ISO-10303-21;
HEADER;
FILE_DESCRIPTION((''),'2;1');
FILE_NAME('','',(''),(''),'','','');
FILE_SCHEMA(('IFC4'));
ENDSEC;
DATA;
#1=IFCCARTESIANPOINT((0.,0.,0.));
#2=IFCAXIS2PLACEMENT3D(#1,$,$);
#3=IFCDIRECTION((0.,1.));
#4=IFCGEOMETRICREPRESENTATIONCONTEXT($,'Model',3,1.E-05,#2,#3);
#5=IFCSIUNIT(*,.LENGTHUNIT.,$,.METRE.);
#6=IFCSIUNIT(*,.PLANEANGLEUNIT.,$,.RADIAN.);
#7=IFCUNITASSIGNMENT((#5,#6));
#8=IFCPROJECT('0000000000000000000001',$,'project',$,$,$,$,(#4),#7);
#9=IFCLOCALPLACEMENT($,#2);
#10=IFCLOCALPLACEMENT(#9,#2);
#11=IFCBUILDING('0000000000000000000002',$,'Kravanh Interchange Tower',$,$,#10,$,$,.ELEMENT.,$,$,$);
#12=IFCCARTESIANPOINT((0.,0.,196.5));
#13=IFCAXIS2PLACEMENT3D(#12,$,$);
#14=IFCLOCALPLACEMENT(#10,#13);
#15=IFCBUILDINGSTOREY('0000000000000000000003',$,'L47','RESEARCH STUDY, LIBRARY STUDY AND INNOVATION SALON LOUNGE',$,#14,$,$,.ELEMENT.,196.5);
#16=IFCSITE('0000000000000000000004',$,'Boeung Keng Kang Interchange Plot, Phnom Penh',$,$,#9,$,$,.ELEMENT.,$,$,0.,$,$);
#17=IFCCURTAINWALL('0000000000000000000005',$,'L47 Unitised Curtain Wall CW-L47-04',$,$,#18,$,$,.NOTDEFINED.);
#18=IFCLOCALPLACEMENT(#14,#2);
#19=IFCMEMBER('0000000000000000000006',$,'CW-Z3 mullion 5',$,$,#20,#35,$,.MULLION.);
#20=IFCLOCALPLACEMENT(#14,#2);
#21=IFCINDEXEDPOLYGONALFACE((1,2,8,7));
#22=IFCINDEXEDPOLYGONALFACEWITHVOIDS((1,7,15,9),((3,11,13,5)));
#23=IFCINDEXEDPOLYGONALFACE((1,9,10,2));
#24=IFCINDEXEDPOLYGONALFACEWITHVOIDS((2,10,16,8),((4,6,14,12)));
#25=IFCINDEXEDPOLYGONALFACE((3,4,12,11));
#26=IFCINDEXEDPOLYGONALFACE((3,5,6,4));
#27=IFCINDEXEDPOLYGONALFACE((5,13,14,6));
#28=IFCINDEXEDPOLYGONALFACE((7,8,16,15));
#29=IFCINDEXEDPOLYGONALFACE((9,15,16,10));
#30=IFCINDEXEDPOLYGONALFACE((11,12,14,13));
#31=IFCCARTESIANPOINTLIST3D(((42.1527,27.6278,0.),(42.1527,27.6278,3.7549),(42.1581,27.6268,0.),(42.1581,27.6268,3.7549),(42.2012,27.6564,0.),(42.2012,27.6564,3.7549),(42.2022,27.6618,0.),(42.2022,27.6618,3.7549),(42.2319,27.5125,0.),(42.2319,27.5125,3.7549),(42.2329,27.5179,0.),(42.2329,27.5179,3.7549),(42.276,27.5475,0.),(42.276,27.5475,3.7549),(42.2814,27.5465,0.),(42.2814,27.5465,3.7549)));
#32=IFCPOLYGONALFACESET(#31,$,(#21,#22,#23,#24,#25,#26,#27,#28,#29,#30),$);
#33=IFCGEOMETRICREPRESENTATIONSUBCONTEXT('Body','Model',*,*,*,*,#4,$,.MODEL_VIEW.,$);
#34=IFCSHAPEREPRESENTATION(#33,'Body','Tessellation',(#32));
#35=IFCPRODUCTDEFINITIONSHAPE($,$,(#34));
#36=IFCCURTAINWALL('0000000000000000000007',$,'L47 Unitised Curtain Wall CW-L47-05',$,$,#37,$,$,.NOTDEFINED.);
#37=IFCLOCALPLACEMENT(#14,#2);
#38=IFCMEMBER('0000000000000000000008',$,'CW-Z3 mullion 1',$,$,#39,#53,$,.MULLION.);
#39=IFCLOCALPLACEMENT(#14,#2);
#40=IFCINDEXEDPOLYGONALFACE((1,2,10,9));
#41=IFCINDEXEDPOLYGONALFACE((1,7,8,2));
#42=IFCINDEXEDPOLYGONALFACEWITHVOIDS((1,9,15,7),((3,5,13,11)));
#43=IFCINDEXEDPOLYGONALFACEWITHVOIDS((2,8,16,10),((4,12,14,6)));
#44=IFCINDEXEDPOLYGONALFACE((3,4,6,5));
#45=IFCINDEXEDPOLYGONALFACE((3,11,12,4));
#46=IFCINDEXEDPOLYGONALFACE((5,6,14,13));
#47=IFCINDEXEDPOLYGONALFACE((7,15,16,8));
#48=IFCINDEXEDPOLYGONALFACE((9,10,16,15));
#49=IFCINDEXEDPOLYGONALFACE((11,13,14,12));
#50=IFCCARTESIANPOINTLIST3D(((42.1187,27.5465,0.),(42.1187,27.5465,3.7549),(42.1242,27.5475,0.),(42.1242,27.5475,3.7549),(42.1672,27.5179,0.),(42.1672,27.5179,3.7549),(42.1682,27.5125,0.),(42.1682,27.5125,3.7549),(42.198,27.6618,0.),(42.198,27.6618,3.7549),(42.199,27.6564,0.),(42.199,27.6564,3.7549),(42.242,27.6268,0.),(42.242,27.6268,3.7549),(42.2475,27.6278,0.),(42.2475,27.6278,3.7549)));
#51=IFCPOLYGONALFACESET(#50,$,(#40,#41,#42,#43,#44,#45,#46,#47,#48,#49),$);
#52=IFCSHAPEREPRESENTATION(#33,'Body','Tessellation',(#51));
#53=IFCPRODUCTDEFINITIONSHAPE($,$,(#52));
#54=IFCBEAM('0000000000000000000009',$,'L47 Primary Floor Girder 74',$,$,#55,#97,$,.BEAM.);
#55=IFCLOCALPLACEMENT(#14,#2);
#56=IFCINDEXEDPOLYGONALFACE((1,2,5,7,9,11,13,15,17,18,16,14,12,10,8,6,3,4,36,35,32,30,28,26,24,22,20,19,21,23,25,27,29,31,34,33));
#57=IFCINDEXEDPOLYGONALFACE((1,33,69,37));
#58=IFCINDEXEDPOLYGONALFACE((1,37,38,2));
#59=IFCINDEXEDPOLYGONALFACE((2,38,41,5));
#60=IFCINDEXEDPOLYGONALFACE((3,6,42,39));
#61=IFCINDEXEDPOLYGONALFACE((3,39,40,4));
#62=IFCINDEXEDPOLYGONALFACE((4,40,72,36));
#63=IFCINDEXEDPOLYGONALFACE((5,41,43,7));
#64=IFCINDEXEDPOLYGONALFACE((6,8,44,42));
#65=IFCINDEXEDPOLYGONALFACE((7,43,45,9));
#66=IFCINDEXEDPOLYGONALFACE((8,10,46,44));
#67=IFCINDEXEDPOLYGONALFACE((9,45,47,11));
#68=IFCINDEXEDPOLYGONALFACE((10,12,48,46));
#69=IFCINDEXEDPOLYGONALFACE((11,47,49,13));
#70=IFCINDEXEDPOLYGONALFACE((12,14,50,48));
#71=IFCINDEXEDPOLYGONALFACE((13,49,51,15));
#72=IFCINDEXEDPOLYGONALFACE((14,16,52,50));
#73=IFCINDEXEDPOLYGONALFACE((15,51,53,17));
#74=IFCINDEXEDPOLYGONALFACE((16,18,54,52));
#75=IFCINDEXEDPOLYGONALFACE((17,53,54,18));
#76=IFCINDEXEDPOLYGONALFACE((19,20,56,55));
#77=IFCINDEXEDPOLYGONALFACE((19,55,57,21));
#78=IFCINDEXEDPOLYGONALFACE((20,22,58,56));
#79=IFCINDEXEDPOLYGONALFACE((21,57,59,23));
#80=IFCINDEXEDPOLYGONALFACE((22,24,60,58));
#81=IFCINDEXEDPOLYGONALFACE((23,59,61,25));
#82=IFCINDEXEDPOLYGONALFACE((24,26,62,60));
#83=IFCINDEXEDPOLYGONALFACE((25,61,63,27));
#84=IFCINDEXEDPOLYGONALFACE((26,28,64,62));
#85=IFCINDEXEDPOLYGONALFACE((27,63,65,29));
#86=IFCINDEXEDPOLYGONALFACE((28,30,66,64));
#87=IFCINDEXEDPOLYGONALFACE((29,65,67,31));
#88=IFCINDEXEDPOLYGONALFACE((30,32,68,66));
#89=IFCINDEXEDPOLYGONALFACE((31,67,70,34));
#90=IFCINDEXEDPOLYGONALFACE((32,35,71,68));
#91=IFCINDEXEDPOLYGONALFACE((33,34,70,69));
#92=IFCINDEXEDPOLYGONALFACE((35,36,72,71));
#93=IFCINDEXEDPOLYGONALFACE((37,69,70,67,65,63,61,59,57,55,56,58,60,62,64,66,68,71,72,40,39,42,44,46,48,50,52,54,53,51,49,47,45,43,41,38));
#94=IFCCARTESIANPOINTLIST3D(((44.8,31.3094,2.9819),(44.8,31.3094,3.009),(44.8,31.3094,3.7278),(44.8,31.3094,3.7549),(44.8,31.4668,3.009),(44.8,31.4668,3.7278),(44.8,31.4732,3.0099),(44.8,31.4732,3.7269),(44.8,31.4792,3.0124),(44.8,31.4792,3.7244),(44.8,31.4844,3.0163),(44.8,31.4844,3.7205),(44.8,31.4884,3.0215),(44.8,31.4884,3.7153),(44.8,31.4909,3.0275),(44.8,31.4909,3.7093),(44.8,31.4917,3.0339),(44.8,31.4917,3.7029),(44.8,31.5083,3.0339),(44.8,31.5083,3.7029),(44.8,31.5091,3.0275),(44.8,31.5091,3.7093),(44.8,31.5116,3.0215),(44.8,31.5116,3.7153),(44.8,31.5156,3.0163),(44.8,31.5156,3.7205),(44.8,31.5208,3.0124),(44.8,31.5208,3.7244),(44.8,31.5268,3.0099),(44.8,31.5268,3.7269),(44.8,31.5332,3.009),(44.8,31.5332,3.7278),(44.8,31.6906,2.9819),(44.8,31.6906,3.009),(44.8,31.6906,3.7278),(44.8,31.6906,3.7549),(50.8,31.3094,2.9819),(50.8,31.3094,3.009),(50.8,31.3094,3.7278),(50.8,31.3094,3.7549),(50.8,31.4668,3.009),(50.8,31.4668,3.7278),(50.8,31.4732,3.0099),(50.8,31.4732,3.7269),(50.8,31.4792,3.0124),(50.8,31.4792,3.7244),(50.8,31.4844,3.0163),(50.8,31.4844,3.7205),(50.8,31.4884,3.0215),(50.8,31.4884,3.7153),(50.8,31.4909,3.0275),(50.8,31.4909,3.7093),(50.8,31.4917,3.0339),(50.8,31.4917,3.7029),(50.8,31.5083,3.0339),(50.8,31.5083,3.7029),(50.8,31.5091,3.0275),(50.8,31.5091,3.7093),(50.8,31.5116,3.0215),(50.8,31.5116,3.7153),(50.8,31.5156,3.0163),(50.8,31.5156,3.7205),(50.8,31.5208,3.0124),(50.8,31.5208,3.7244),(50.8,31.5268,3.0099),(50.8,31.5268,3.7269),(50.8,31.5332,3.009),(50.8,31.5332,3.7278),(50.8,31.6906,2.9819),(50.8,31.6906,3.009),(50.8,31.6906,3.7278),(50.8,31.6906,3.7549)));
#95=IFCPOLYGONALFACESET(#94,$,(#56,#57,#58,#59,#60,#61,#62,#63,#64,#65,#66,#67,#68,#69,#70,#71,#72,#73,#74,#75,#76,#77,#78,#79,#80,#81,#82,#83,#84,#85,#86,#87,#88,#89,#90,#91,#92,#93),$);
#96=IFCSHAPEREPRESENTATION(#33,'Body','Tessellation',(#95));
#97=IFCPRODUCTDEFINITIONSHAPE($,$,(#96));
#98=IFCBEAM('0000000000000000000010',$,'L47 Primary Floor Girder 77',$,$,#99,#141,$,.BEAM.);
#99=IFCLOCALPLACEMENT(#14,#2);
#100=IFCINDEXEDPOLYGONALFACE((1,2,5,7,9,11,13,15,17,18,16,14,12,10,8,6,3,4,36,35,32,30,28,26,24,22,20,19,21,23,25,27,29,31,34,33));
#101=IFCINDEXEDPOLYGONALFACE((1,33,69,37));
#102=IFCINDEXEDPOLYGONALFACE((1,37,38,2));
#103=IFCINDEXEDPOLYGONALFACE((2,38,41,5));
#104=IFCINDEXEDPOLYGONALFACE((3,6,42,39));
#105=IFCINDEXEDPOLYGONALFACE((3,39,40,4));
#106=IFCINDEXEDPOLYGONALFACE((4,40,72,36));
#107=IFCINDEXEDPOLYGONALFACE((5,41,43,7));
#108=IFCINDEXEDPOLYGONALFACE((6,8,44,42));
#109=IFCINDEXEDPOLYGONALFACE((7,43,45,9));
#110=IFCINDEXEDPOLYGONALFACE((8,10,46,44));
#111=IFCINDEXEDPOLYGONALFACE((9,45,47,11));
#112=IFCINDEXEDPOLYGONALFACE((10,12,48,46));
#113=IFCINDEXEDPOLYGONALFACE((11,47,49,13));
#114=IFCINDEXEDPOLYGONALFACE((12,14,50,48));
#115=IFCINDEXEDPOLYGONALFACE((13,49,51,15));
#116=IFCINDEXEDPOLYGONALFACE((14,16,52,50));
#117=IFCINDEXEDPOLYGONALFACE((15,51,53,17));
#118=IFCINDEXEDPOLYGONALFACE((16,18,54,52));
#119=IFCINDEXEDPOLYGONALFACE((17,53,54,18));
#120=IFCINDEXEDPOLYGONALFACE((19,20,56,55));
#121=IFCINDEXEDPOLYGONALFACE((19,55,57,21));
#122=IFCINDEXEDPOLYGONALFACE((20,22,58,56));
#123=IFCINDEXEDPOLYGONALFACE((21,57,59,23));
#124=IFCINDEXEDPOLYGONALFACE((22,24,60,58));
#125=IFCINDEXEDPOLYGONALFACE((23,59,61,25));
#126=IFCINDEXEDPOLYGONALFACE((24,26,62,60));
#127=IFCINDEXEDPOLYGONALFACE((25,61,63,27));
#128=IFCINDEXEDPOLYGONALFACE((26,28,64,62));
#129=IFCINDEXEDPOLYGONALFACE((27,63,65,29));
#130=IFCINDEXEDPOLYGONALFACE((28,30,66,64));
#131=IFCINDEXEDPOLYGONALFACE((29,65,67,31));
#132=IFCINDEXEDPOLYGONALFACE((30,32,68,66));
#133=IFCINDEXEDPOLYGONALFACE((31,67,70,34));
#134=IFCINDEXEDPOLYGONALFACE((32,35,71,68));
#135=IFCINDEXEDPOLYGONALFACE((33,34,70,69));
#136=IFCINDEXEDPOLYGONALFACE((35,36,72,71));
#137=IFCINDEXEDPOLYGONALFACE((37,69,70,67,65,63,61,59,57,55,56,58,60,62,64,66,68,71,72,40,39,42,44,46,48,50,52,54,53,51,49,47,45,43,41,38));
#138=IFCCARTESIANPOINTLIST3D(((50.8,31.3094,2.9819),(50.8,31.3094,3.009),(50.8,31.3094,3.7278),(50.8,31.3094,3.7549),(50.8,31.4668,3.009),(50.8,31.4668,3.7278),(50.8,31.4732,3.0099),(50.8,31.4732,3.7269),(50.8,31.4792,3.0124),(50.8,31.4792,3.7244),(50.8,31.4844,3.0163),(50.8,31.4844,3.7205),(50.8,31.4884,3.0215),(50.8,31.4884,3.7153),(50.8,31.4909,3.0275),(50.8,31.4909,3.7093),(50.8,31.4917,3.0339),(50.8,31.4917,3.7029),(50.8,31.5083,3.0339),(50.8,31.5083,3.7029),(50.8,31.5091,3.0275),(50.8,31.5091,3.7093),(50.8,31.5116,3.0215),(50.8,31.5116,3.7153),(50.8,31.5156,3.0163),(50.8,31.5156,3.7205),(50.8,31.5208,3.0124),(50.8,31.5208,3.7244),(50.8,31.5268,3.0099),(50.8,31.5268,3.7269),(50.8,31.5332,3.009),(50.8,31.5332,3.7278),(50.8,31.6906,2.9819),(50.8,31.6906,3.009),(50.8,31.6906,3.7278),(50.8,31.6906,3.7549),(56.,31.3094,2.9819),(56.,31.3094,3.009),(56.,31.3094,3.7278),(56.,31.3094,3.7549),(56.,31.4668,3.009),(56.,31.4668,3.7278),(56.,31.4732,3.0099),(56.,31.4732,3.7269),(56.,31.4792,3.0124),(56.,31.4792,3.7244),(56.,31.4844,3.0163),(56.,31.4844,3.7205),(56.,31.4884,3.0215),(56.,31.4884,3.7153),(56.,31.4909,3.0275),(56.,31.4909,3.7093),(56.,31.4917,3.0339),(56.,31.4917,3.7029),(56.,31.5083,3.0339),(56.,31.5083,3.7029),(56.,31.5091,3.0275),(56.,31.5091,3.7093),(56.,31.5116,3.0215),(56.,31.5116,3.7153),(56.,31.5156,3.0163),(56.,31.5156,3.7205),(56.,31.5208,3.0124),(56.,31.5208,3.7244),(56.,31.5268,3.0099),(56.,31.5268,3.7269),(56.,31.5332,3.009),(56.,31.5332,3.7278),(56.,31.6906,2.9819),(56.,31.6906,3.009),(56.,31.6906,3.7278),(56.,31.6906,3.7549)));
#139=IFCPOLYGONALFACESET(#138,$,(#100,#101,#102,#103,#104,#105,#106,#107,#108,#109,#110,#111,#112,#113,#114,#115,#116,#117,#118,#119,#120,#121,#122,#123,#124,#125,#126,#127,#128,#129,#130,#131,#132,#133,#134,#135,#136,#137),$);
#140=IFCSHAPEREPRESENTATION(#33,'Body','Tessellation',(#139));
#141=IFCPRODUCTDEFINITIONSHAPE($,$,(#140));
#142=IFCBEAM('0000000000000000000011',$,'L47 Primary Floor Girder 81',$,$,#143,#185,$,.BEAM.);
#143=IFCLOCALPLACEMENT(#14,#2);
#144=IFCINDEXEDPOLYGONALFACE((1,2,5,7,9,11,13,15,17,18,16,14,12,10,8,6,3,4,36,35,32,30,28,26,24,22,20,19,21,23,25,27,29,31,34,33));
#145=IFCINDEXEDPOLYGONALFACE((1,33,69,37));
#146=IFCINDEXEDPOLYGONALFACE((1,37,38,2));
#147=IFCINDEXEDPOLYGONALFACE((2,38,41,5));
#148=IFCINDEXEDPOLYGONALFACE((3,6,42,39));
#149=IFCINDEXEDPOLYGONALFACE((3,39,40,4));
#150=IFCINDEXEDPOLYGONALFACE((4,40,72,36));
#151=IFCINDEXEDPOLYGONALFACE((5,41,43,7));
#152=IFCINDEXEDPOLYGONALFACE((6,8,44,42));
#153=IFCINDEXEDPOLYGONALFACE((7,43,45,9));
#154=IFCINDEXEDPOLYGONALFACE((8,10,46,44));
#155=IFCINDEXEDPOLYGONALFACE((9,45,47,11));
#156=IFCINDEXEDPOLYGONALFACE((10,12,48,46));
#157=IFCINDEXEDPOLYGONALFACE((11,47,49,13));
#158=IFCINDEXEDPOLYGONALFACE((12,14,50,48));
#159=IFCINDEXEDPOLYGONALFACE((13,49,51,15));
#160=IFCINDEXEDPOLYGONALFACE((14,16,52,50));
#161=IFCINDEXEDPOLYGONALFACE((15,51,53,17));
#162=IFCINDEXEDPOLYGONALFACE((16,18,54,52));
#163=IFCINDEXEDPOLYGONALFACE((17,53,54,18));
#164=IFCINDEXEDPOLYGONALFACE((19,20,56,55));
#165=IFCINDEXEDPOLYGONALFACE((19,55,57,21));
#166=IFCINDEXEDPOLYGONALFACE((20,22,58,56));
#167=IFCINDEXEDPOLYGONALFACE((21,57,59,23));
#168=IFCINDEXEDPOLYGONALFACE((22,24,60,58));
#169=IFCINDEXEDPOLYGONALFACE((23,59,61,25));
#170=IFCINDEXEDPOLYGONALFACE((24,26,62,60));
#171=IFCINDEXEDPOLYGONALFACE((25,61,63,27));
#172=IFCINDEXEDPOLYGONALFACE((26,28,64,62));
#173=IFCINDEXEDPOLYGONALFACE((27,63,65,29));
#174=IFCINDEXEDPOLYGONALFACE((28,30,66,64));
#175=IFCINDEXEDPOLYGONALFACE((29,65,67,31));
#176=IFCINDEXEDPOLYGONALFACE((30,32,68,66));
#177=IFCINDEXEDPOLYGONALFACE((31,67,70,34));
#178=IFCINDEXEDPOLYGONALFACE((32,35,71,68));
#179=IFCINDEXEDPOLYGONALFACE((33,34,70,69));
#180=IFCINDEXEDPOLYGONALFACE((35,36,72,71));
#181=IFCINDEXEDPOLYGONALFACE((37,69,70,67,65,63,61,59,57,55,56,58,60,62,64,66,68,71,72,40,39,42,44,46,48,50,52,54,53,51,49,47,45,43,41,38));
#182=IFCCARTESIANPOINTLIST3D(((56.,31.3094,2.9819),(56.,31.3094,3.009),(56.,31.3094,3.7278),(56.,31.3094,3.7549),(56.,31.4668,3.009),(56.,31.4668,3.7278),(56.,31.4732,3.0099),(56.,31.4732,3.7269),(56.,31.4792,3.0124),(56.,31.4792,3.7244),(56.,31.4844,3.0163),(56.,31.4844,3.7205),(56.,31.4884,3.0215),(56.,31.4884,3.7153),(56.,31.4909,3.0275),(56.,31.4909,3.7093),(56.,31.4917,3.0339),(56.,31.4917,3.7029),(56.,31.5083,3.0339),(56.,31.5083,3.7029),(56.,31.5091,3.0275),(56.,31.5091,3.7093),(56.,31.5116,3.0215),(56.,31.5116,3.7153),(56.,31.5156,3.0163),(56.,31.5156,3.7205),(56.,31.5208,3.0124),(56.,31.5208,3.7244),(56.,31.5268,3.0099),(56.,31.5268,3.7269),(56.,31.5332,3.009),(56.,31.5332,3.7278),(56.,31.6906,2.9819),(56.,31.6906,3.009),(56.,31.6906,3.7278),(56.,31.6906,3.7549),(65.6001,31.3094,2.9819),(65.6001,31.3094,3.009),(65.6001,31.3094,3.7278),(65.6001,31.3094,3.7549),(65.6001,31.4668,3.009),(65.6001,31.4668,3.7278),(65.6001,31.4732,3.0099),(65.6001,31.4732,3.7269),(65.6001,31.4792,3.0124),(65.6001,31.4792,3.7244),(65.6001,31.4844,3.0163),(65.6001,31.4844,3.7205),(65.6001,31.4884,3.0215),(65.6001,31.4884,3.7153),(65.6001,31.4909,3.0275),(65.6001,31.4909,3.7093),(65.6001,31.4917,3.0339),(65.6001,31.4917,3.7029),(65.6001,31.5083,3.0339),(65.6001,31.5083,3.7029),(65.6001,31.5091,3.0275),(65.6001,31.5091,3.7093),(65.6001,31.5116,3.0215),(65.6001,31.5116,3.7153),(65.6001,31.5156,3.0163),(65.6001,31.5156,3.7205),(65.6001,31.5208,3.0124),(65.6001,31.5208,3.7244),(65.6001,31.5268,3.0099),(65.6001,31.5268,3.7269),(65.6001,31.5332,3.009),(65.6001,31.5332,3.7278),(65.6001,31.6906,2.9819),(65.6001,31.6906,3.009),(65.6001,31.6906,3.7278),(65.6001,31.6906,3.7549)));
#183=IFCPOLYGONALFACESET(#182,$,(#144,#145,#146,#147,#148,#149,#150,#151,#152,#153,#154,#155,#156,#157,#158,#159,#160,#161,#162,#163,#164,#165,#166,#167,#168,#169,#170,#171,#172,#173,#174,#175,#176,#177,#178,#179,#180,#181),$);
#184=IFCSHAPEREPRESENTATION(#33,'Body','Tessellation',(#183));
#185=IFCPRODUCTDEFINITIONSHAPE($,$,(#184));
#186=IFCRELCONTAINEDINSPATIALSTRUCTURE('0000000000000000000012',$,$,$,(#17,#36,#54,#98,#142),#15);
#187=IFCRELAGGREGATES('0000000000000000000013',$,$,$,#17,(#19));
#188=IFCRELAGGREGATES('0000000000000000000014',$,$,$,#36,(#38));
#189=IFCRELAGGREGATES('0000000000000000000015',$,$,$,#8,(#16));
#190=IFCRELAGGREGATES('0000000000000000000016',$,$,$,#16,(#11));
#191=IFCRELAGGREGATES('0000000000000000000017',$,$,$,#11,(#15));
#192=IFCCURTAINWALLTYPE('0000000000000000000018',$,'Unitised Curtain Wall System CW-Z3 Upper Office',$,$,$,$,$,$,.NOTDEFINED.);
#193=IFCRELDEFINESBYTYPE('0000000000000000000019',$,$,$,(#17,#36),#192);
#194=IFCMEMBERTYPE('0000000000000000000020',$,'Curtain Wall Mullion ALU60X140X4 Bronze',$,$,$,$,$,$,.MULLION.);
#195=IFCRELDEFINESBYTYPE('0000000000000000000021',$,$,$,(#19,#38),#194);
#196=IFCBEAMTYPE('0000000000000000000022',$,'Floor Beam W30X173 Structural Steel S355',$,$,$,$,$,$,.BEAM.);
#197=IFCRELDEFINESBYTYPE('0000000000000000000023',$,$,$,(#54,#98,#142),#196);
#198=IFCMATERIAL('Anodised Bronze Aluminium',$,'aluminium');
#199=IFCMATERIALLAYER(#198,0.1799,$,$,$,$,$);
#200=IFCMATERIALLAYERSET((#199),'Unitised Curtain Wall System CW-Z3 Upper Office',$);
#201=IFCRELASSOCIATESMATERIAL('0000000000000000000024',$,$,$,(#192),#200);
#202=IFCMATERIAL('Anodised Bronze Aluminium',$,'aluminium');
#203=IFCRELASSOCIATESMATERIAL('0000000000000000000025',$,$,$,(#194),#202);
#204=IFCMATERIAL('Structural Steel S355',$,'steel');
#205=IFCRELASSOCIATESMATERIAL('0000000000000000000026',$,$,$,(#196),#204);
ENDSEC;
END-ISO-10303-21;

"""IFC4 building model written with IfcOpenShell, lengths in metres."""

from ifc_helpers import new_model, si_unit, direction, frame, origin, origin_2d, place, context, subcontext, project, spatial, hollow_rectangle, i_section, extrude, material, layer, layer_set, material_profile, profile_set, type_object, element, aggregate, save


model = new_model("IFC4")

# Units and contexts
model_context = context("Model", 3, precision=1e-05, world=origin(), true_north=direction((0.0, 1.0)))
body_context = subcontext(model_context, "Body", "Model", "MODEL_VIEW")
ifc_project = project(units=[si_unit("LENGTHUNIT", "METRE"), si_unit("PLANEANGLEUNIT", "RADIAN")], contexts=[model_context])

# Site, building, storey
site_placement = place(None, origin())
site = spatial("IfcSite", under=ifc_project, at=site_placement, Name="Boeung Keng Kang Interchange Plot, Phnom Penh", CompositionType="ELEMENT", RefElevation=0.0)
building_placement = place(site_placement, origin())
building = spatial("IfcBuilding", under=site, at=building_placement, Name="Kravanh Interchange Tower", CompositionType="ELEMENT")
storey_placement = place(building_placement, frame((0.0, 0.0, 196.5)))
storey = spatial("IfcBuildingStorey", under=building, at=storey_placement, Name="L47", Description="RESEARCH STUDY, LIBRARY STUDY AND INNOVATION SALON LOUNGE", CompositionType="ELEMENT", Elevation=196.5)

# Curtain walls, members
ifc_material_1 = material(Name="Anodised Bronze Aluminium", Category="aluminium")
ifc_layer_1 = layer(ifc_material_1, 0.1799)
ifc_layer_set_1 = layer_set([ifc_layer_1], Name="Unitised Curtain Wall System CW-Z3 Upper Office")
curtain_wall_type = type_object("IfcCurtainWallType", Name="Unitised Curtain Wall System CW-Z3 Upper Office", PredefinedType="NOTDEFINED", material=ifc_layer_set_1)
curtain_wall_1_placement = place(storey_placement, origin())
curtain_wall_1 = element("IfcCurtainWall", 1, at=curtain_wall_1_placement, inside=storey, type_object=curtain_wall_type, Name="L47 Unitised Curtain Wall CW-L47-04", PredefinedType="NOTDEFINED")
ifc_material_2 = material(Name="Anodised Bronze Aluminium", Category="aluminium")
ifc_material_profile_1 = material_profile(ifc_material_2, hollow_rectangle(XDim=0.0601, YDim=0.1399, WallThickness=0.0039, at=origin_2d()), Name="ALU60X140X4")
ifc_profile_set_1 = profile_set([ifc_material_profile_1], Name="Anodised Bronze Aluminium")
member_type = type_object("IfcMemberType", Name="Curtain Wall Mullion ALU60X140X4 Bronze", PredefinedType="MULLION", material=ifc_profile_set_1)
member_1_placement = place(storey_placement, frame((42.217, 27.5872, 0.0), z_axis=(0.0, 0.0, 1.0), x_axis=(-0.824042, -0.566528, 0.0)))
member_1 = element("IfcMember", 2, at=member_1_placement, type_object=member_type, Name="CW-Z3 mullion 5", PredefinedType="MULLION", context=body_context, shape_type="SweptSolid", body=[
    extrude(hollow_rectangle(XDim=0.0601, YDim=0.1399, WallThickness=0.0039, at=origin_2d()), origin(), (0.0, 0.0, 1.0), 3.7549),
])
aggregate(curtain_wall_1, [member_1])
curtain_wall_2_placement = place(storey_placement, origin())
curtain_wall_2 = element("IfcCurtainWall", 3, at=curtain_wall_2_placement, inside=storey, type_object=curtain_wall_type, Name="L47 Unitised Curtain Wall CW-L47-05", PredefinedType="NOTDEFINED")
member_2_placement = place(storey_placement, frame((42.1831, 27.5872, 0.0), z_axis=(0.0, 0.0, 1.0), x_axis=(0.824042, -0.566528, 0.0)))
member_2 = element("IfcMember", 4, at=member_2_placement, type_object=member_type, Name="CW-Z3 mullion 1", PredefinedType="MULLION", context=body_context, shape_type="SweptSolid", body=[
    extrude(hollow_rectangle(XDim=0.0601, YDim=0.1399, WallThickness=0.0039, at=origin_2d()), origin(), (0.0, 0.0, 1.0), 3.7549),
])
aggregate(curtain_wall_2, [member_2])

# Beams
ifc_material_3 = material(Name="Structural Steel S355", Category="steel")
ifc_material_profile_2 = material_profile(ifc_material_3, i_section(OverallWidth=0.3811, OverallDepth=0.7729, WebThickness=0.0166, FlangeThickness=0.0271, FilletRadius=0.0249, at=origin_2d()), Name="W30X173")
ifc_profile_set_2 = profile_set([ifc_material_profile_2], Name="Structural Steel S355")
beam_type_1 = type_object("IfcBeamType", Name="Floor Beam W30X173 Structural Steel S355", PredefinedType="BEAM", material=ifc_profile_set_2)
beam_1_placement = place(storey_placement, frame((44.8, 31.5, 3.3684), z_axis=(1.0, 0.0, 0.0), x_axis=(0.0, 1.0, 0.0)))
element("IfcBeam", 5, at=beam_1_placement, inside=storey, type_object=beam_type_1, Name="L47 Primary Floor Girder 74", PredefinedType="BEAM", context=body_context, shape_type="SweptSolid", body=[
    extrude(i_section(OverallWidth=0.3811, OverallDepth=0.7729, WebThickness=0.0166, FlangeThickness=0.0271, FilletRadius=0.0249, at=origin_2d()), origin(), (0.0, 0.0, 1.0), 6.0),
])
beam_2_placement = place(storey_placement, frame((50.8, 31.5, 3.3684), z_axis=(1.0, 0.0, 0.0), x_axis=(0.0, 1.0, 0.0)))
element("IfcBeam", 6, at=beam_2_placement, inside=storey, type_object=beam_type_1, Name="L47 Primary Floor Girder 77", PredefinedType="BEAM", context=body_context, shape_type="SweptSolid", body=[
    extrude(i_section(OverallWidth=0.3811, OverallDepth=0.7729, WebThickness=0.0166, FlangeThickness=0.0271, FilletRadius=0.0249, at=origin_2d()), origin(), (0.0, 0.0, 1.0), 5.2),
])
beam_3_placement = place(storey_placement, frame((56.0, 31.5, 3.3684), z_axis=(1.0, 0.0, 0.0), x_axis=(0.0, 1.0, 0.0)))
element("IfcBeam", 7, at=beam_3_placement, inside=storey, type_object=beam_type_1, Name="L47 Primary Floor Girder 81", PredefinedType="BEAM", context=body_context, shape_type="SweptSolid", body=[
    extrude(i_section(OverallWidth=0.3811, OverallDepth=0.7729, WebThickness=0.0166, FlangeThickness=0.0271, FilletRadius=0.0249, at=origin_2d()), origin(), (0.0, 0.0, 1.0), 9.6001),
])

save(model, "model.ifc")
